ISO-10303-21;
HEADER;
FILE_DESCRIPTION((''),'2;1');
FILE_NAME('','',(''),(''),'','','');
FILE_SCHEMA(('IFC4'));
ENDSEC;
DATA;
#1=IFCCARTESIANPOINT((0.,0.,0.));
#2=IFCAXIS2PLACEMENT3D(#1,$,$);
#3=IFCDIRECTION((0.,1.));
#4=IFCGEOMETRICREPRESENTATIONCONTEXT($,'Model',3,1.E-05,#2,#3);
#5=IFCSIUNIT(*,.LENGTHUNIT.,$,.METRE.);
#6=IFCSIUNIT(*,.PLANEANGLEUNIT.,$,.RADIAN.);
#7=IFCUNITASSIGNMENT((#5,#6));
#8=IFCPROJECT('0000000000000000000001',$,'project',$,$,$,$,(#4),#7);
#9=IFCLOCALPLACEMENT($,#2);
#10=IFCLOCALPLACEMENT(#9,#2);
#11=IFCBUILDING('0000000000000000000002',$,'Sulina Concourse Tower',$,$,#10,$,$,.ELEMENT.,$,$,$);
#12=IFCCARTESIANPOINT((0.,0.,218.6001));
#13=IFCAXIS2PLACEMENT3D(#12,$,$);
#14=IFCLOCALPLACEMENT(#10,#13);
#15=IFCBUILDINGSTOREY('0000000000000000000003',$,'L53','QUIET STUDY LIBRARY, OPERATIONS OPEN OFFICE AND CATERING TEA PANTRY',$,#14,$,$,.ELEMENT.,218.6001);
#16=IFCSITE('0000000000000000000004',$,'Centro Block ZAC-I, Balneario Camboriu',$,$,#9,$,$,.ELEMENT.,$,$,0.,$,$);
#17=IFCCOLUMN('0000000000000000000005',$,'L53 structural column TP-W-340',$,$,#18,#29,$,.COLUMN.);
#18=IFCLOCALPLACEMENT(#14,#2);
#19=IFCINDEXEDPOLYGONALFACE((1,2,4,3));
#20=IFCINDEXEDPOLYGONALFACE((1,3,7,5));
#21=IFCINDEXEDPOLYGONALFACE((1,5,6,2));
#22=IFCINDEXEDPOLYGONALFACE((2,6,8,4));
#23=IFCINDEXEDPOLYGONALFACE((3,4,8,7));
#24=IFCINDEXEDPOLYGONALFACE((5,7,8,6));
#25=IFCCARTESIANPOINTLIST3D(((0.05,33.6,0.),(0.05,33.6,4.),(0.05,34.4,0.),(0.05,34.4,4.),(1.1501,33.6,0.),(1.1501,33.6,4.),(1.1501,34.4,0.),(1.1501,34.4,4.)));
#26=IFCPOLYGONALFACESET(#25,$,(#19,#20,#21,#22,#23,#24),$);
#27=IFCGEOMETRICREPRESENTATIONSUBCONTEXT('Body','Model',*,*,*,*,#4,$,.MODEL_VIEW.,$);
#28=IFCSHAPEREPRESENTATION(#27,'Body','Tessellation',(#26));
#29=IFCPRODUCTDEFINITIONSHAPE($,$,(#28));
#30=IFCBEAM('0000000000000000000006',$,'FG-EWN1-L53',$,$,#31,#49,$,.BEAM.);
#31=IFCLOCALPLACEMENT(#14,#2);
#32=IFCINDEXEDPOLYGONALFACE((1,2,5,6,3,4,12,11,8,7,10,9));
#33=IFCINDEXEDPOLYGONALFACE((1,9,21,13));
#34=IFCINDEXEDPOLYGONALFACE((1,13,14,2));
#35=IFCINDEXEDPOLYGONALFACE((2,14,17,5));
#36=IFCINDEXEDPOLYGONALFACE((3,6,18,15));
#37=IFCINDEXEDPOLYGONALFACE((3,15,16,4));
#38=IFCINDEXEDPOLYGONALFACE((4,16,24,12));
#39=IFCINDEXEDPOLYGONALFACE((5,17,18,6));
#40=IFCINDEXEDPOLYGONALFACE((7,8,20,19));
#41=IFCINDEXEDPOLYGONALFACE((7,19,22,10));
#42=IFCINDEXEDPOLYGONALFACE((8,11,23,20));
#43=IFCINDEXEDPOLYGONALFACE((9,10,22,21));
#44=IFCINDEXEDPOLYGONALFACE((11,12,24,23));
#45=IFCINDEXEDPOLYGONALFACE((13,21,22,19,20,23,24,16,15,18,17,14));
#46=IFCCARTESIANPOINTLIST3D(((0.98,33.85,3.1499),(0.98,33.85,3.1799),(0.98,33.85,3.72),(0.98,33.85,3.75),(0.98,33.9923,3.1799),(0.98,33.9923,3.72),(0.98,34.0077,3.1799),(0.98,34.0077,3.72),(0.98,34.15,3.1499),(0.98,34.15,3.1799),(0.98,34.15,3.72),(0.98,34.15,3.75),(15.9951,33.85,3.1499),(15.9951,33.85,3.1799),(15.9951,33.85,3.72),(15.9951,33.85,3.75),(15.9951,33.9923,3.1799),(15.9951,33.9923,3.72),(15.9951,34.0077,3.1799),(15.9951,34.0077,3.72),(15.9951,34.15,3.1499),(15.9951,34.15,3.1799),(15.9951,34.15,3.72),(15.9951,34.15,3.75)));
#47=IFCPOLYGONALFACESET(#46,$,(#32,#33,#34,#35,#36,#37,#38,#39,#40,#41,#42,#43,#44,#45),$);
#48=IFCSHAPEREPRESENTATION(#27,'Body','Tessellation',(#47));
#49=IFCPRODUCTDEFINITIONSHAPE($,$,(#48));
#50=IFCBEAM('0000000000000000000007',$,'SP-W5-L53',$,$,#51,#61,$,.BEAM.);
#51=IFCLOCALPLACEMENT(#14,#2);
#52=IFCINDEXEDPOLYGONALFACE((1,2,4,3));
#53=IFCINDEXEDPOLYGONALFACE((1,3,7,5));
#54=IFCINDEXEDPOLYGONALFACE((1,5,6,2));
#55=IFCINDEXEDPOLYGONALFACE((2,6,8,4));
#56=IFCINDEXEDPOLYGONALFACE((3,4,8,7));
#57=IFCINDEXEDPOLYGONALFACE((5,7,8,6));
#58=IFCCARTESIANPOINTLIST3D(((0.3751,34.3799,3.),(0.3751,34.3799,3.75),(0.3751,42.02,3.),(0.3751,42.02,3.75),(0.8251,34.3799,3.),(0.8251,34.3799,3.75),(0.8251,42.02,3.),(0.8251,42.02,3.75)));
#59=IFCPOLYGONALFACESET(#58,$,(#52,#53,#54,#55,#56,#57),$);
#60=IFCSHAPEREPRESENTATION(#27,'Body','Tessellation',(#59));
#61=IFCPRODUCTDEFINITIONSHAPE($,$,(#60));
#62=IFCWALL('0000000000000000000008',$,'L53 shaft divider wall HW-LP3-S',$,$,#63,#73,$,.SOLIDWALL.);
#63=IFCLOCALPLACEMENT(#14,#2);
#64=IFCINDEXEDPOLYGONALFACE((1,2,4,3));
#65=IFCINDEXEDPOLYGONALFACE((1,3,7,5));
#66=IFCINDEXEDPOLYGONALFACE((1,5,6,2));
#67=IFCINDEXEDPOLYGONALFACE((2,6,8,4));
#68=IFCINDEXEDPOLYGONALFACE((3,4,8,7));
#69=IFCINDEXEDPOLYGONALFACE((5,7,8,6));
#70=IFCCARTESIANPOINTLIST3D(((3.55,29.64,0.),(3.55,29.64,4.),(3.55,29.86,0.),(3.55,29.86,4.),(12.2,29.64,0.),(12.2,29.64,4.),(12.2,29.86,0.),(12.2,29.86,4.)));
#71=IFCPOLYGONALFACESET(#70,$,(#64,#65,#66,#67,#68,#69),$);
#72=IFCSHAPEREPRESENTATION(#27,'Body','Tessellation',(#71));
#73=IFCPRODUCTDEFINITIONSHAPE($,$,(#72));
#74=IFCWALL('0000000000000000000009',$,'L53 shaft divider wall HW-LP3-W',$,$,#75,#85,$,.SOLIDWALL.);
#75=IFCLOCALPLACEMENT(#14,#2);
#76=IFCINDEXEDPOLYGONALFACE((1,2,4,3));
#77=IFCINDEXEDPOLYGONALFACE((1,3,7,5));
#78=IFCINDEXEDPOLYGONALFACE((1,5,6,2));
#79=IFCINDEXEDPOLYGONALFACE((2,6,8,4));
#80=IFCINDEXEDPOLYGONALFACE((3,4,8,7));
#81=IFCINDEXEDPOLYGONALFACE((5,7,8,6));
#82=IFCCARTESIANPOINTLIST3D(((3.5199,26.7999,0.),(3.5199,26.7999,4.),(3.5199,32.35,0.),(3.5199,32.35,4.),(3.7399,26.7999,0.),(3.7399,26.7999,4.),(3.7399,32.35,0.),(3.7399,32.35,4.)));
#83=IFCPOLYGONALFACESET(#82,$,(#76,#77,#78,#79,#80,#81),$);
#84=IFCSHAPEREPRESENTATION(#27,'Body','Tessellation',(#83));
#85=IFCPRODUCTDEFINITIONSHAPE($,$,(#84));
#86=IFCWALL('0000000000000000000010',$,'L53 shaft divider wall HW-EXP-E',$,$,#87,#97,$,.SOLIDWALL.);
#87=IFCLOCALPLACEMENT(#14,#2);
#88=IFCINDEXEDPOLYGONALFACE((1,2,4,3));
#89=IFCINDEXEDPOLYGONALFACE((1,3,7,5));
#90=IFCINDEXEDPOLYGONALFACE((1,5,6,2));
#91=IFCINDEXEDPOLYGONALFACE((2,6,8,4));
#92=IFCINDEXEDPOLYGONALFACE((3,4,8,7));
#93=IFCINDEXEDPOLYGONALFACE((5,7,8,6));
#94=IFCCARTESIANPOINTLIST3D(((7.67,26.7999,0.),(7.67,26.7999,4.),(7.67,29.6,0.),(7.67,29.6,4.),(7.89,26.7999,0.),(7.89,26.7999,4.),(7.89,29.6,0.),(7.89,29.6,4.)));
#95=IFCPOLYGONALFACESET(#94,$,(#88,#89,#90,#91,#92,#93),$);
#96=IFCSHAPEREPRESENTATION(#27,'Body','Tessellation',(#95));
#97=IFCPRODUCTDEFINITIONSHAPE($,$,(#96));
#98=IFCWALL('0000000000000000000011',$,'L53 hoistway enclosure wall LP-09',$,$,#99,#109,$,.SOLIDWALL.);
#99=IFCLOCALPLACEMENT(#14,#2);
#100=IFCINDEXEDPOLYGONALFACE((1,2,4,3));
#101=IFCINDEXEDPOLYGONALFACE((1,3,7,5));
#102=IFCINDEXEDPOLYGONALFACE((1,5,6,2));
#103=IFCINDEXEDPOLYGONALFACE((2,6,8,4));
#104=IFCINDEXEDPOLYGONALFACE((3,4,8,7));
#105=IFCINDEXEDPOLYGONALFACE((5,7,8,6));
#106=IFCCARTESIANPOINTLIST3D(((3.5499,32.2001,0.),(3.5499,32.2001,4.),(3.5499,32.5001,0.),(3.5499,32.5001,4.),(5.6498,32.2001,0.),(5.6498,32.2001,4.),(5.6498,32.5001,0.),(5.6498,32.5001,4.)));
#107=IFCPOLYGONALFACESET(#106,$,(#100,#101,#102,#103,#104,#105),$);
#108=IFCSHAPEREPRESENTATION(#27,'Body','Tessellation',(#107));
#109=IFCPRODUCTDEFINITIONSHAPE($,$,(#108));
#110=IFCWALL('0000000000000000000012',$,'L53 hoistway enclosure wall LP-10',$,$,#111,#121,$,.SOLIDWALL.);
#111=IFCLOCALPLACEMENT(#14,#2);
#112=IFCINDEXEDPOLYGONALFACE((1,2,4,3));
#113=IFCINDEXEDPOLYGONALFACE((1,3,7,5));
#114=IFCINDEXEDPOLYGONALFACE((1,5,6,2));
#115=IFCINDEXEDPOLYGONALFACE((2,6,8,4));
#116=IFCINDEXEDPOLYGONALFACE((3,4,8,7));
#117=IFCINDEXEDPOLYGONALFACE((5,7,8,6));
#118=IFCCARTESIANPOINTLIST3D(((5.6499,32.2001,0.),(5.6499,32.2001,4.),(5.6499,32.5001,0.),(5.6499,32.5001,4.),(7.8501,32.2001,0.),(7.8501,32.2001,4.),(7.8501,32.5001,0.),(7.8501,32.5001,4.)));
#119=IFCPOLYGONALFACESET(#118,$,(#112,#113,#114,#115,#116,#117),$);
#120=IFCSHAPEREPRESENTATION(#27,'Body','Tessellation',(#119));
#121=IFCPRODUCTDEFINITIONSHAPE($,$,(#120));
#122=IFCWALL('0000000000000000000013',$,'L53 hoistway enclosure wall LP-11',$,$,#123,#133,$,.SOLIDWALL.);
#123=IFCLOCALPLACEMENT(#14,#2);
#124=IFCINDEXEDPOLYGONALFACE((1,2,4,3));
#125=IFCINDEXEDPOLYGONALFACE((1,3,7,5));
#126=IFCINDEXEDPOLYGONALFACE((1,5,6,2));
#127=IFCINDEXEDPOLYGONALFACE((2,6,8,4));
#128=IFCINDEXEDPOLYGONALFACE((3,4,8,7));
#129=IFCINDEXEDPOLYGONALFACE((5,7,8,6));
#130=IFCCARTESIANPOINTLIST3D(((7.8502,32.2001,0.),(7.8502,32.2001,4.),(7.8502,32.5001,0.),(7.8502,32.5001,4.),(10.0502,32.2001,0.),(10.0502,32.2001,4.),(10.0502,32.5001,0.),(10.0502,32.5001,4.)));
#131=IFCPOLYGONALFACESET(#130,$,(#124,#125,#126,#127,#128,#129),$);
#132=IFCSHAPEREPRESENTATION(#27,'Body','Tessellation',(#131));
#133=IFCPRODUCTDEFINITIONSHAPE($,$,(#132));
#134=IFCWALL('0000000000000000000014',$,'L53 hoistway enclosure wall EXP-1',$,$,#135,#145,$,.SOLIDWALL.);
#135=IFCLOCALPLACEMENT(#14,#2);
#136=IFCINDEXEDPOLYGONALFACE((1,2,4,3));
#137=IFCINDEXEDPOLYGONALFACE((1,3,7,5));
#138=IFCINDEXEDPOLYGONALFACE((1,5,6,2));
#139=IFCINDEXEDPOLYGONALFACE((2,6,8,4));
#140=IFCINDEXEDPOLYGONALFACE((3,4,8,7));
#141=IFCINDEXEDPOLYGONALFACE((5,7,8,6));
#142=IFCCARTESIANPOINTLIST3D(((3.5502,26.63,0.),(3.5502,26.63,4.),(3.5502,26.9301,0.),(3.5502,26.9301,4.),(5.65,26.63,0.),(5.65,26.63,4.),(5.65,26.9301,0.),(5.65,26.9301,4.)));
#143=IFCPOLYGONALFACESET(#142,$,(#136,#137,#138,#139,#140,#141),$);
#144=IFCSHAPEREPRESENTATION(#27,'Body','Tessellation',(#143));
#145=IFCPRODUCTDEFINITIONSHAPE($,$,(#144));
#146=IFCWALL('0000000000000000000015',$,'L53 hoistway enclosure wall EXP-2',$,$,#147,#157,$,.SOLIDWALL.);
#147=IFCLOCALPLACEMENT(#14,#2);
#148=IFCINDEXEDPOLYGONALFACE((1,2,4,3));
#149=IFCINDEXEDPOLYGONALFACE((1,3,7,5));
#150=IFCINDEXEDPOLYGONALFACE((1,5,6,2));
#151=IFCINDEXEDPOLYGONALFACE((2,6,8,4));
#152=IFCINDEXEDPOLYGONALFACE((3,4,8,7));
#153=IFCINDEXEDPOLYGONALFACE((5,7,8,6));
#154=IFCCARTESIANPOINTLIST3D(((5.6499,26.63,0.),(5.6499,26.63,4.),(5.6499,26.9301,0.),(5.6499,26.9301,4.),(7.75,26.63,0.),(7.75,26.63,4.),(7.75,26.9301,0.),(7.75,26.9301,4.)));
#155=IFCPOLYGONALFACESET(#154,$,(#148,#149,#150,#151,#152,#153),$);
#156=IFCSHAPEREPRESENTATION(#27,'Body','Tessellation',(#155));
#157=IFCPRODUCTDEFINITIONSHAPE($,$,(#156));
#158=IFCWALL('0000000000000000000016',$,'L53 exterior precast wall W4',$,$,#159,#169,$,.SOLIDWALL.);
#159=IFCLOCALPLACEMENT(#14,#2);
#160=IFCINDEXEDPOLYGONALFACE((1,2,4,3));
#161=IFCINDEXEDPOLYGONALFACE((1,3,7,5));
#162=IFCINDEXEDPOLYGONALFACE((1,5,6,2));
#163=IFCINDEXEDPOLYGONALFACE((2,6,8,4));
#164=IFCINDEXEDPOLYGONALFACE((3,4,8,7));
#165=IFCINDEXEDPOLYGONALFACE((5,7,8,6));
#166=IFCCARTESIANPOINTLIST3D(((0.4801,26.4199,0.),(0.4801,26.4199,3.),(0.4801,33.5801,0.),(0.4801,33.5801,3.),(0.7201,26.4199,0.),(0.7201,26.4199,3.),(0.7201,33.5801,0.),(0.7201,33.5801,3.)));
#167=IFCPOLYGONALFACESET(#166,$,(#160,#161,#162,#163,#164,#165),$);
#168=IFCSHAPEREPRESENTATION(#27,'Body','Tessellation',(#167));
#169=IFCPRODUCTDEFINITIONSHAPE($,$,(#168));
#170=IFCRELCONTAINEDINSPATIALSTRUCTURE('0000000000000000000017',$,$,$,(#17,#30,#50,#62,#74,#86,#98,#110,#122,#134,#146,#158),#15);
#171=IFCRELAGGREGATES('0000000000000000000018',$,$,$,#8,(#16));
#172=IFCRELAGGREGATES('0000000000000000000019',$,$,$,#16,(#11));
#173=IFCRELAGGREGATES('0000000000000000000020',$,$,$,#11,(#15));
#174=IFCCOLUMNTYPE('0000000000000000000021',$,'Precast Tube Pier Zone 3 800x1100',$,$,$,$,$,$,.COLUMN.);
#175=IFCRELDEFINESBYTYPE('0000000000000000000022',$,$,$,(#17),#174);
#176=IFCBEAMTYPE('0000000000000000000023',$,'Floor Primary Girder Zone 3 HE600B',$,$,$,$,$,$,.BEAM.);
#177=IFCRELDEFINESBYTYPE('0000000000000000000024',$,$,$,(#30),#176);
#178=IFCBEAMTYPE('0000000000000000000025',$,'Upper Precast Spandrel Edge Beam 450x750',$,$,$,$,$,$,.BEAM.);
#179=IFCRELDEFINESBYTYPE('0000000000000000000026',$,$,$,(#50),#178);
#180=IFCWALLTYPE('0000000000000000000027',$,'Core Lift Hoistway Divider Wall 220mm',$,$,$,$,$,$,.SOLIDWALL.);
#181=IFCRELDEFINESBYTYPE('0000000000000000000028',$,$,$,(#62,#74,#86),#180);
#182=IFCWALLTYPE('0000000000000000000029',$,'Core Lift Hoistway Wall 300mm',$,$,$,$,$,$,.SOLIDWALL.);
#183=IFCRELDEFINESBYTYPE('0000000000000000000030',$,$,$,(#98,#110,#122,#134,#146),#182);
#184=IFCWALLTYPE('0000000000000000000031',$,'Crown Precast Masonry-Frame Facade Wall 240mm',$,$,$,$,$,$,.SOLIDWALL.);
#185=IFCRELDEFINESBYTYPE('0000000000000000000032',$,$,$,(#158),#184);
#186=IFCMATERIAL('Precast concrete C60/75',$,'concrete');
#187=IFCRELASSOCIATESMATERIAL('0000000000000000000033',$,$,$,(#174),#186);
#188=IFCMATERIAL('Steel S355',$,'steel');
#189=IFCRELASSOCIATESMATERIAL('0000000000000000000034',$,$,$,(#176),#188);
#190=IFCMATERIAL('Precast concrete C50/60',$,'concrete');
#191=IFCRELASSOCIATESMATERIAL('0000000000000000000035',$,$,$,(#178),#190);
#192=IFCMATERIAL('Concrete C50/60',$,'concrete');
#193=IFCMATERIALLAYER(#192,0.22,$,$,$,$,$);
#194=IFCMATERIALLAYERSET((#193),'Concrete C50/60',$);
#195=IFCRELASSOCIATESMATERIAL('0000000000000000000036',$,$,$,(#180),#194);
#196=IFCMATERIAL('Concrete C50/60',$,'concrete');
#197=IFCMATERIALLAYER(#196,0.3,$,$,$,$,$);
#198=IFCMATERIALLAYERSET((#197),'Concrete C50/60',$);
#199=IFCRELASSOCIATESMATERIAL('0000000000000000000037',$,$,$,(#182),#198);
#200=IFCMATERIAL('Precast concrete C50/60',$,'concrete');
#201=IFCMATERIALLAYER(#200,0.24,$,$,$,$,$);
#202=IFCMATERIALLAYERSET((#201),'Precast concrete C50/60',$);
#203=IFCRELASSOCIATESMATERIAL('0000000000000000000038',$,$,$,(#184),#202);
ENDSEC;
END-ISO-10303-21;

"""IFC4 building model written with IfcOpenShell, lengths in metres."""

from ifc_helpers import new_model, si_unit, direction, frame, frame_2d, origin, origin_2d, place, context, subcontext, project, spatial, rectangle, i_section, extrude, material, layer, layer_set, material_profile, profile_set, type_object, element, save


model = new_model("IFC4")

# Units and contexts
model_context = context("Model", 3, precision=1e-05, world=origin(), true_north=direction((0.0, 1.0)))
body_context = subcontext(model_context, "Body", "Model", "MODEL_VIEW")
ifc_project = project(units=[si_unit("LENGTHUNIT", "METRE"), si_unit("PLANEANGLEUNIT", "RADIAN")], contexts=[model_context])

# Site, building, storey
site_placement = place(None, origin())
site = spatial("IfcSite", under=ifc_project, at=site_placement, Name="Centro Block ZAC-I, Balneario Camboriu", CompositionType="ELEMENT", RefElevation=0.0)
building_placement = place(site_placement, origin())
building = spatial("IfcBuilding", under=site, at=building_placement, Name="Sulina Concourse Tower", CompositionType="ELEMENT")
storey_placement = place(building_placement, frame((0.0, 0.0, 218.6001)))
storey = spatial("IfcBuildingStorey", under=building, at=storey_placement, Name="L53", Description="QUIET STUDY LIBRARY, OPERATIONS OPEN OFFICE AND CATERING TEA PANTRY", CompositionType="ELEMENT", Elevation=218.6001)

# Column
ifc_material_1 = material(Name="Precast concrete C60/75", Category="concrete")
ifc_material_profile_1 = material_profile(ifc_material_1, rectangle(XDim=0.8, YDim=1.1001, at=origin_2d()), Name="PC 800x1100")
ifc_profile_set_1 = profile_set([ifc_material_profile_1], Name="Precast concrete C60/75")
column_type = type_object("IfcColumnType", Name="Precast Tube Pier Zone 3 800x1100", PredefinedType="COLUMN", material=ifc_profile_set_1)
column_placement = place(storey_placement, frame((0.6001, 34.0, 0.0), z_axis=(0.0, 0.0, 1.0), x_axis=(0.0, 1.0, 0.0)))
element("IfcColumn", 1, at=column_placement, inside=storey, type_object=column_type, Name="L53 structural column TP-W-340", PredefinedType="COLUMN", context=body_context, shape_type="SweptSolid", body=[
    extrude(rectangle(XDim=0.8, YDim=1.1001, at=origin_2d()), origin(), (0.0, 0.0, 1.0), 4.0),
])

# Beams
ifc_material_2 = material(Name="Steel S355", Category="steel")
ifc_material_profile_2 = material_profile(ifc_material_2, i_section(OverallWidth=0.3, OverallDepth=0.6001, WebThickness=0.0154, FlangeThickness=0.03, at=origin_2d()), Name="HE 600 B")
ifc_profile_set_2 = profile_set([ifc_material_profile_2], Name="Steel S355")
beam_type_1 = type_object("IfcBeamType", Name="Floor Primary Girder Zone 3 HE600B", PredefinedType="BEAM", material=ifc_profile_set_2)
beam_1_placement = place(storey_placement, frame((0.98, 34.0, 3.45), z_axis=(1.0, 0.0, 0.0), x_axis=(0.0, 1.0, 0.0)))
element("IfcBeam", 2, at=beam_1_placement, inside=storey, type_object=beam_type_1, Name="FG-EWN1-L53", PredefinedType="BEAM", context=body_context, shape_type="SweptSolid", body=[
    extrude(i_section(OverallWidth=0.3, OverallDepth=0.6001, WebThickness=0.0154, FlangeThickness=0.03, at=origin_2d()), origin(), (0.0, 0.0, 1.0), 15.0151),
])
ifc_material_3 = material(Name="Precast concrete C50/60", Category="concrete")
ifc_material_profile_3 = material_profile(ifc_material_3, rectangle(XDim=0.45, YDim=0.75, at=origin_2d()), Name="RC 450x750")
ifc_profile_set_3 = profile_set([ifc_material_profile_3], Name="Precast concrete C50/60")
beam_type_2 = type_object("IfcBeamType", Name="Upper Precast Spandrel Edge Beam 450x750", PredefinedType="BEAM", material=ifc_profile_set_3)
beam_2_placement = place(storey_placement, frame((0.6001, 34.3799, 3.375), z_axis=(0.0, 1.0, 0.0), x_axis=(-1.0, 0.0, 0.0)))
element("IfcBeam", 3, at=beam_2_placement, inside=storey, type_object=beam_type_2, Name="SP-W5-L53", PredefinedType="BEAM", context=body_context, shape_type="SweptSolid", body=[
    extrude(rectangle(XDim=0.45, YDim=0.75, at=origin_2d()), origin(), (0.0, 0.0, 1.0), 7.6401),
])

# Walls
ifc_material_4 = material(Name="Concrete C50/60", Category="concrete")
ifc_layer_1 = layer(ifc_material_4, 0.22)
ifc_layer_set_1 = layer_set([ifc_layer_1], Name="Concrete C50/60")
wall_type_1 = type_object("IfcWallType", Name="Core Lift Hoistway Divider Wall 220mm", PredefinedType="SOLIDWALL", material=ifc_layer_set_1)
wall_1_placement = place(storey_placement, frame((3.55, 29.75, 0.0), z_axis=(0.0, 0.0, 1.0), x_axis=(1.0, 0.0, 0.0)))
element("IfcWall", 4, at=wall_1_placement, inside=storey, type_object=wall_type_1, Name="L53 shaft divider wall HW-LP3-S", PredefinedType="SOLIDWALL", context=body_context, shape_type="SweptSolid", body=[
    extrude(rectangle(XDim=8.6499, YDim=0.22, at=frame_2d((4.325, 0.0))), origin(), (0.0, 0.0, 1.0), 4.0),
])
wall_2_placement = place(storey_placement, frame((3.6299, 26.8, 0.0), z_axis=(0.0, 0.0, 1.0), x_axis=(0.0, 1.0, 0.0)))
element("IfcWall", 5, at=wall_2_placement, inside=storey, type_object=wall_type_1, Name="L53 shaft divider wall HW-LP3-W", PredefinedType="SOLIDWALL", context=body_context, shape_type="SweptSolid", body=[
    extrude(rectangle(XDim=5.55, YDim=0.22, at=frame_2d((2.7749, 0.0))), origin(), (0.0, 0.0, 1.0), 4.0),
])
wall_3_placement = place(storey_placement, frame((7.78, 26.8, 0.0), z_axis=(0.0, 0.0, 1.0), x_axis=(0.0, 1.0, 0.0)))
element("IfcWall", 6, at=wall_3_placement, inside=storey, type_object=wall_type_1, Name="L53 shaft divider wall HW-EXP-E", PredefinedType="SOLIDWALL", context=body_context, shape_type="SweptSolid", body=[
    extrude(rectangle(XDim=2.8, YDim=0.22, at=frame_2d((1.3999, 0.0))), origin(), (0.0, 0.0, 1.0), 4.0),
])
ifc_material_5 = material(Name="Concrete C50/60", Category="concrete")
ifc_layer_2 = layer(ifc_material_5, 0.3)
ifc_layer_set_2 = layer_set([ifc_layer_2], Name="Concrete C50/60")
wall_type_2 = type_object("IfcWallType", Name="Core Lift Hoistway Wall 300mm", PredefinedType="SOLIDWALL", material=ifc_layer_set_2)
wall_4_placement = place(storey_placement, frame((3.55, 32.3501, 0.0), z_axis=(0.0, 0.0, 1.0), x_axis=(1.0, 0.0, 0.0)))
element("IfcWall", 7, at=wall_4_placement, inside=storey, type_object=wall_type_2, Name="L53 hoistway enclosure wall LP-09", PredefinedType="SOLIDWALL", context=body_context, shape_type="SweptSolid", body=[
    extrude(rectangle(XDim=2.0999, YDim=0.3, at=frame_2d((1.0498, 0.0))), origin(), (0.0, 0.0, 1.0), 4.0),
])
wall_5_placement = place(storey_placement, frame((5.6499, 32.3501, 0.0), z_axis=(0.0, 0.0, 1.0), x_axis=(1.0, 0.0, 0.0)))
element("IfcWall", 8, at=wall_5_placement, inside=storey, type_object=wall_type_2, Name="L53 hoistway enclosure wall LP-10", PredefinedType="SOLIDWALL", context=body_context, shape_type="SweptSolid", body=[
    extrude(rectangle(XDim=2.2002, YDim=0.3, at=frame_2d((1.1001, 0.0))), origin(), (0.0, 0.0, 1.0), 4.0),
])
wall_6_placement = place(storey_placement, frame((7.8501, 32.3501, 0.0), z_axis=(0.0, 0.0, 1.0), x_axis=(1.0, 0.0, 0.0)))
element("IfcWall", 9, at=wall_6_placement, inside=storey, type_object=wall_type_2, Name="L53 hoistway enclosure wall LP-11", PredefinedType="SOLIDWALL", context=body_context, shape_type="SweptSolid", body=[
    extrude(rectangle(XDim=2.2, YDim=0.3, at=frame_2d((1.1001, 0.0))), origin(), (0.0, 0.0, 1.0), 4.0),
])
wall_7_placement = place(storey_placement, frame((5.6499, 26.78, 0.0), z_axis=(0.0, 0.0, 1.0), x_axis=(-1.0, 0.0, 0.0)))
element("IfcWall", 10, at=wall_7_placement, inside=storey, type_object=wall_type_2, Name="L53 hoistway enclosure wall EXP-1", PredefinedType="SOLIDWALL", context=body_context, shape_type="SweptSolid", body=[
    extrude(rectangle(XDim=2.0999, YDim=0.3, at=frame_2d((1.0498, 0.0))), origin(), (0.0, 0.0, 1.0), 4.0),
])
wall_8_placement = place(storey_placement, frame((7.75, 26.78, 0.0), z_axis=(0.0, 0.0, 1.0), x_axis=(-1.0, 0.0, 0.0)))
element("IfcWall", 11, at=wall_8_placement, inside=storey, type_object=wall_type_2, Name="L53 hoistway enclosure wall EXP-2", PredefinedType="SOLIDWALL", context=body_context, shape_type="SweptSolid", body=[
    extrude(rectangle(XDim=2.1001, YDim=0.3, at=frame_2d((1.05, 0.0))), origin(), (0.0, 0.0, 1.0), 4.0),
])
ifc_material_6 = material(Name="Precast concrete C50/60", Category="concrete")
ifc_layer_3 = layer(ifc_material_6, 0.24)
ifc_layer_set_3 = layer_set([ifc_layer_3], Name="Precast concrete C50/60")
wall_type_3 = type_object("IfcWallType", Name="Crown Precast Masonry-Frame Facade Wall 240mm", PredefinedType="SOLIDWALL", material=ifc_layer_set_3)
wall_9_placement = place(storey_placement, frame((0.6001, 26.4199, 0.0), z_axis=(0.0, 0.0, 1.0), x_axis=(0.0, 1.0, 0.0)))
element("IfcWall", 12, at=wall_9_placement, inside=storey, type_object=wall_type_3, Name="L53 exterior precast wall W4", PredefinedType="SOLIDWALL", context=body_context, shape_type="SweptSolid", body=[
    extrude(rectangle(XDim=7.1602, YDim=0.24, at=frame_2d((3.5801, 0.0))), origin(), (0.0, 0.0, 1.0), 3.0),
])

save(model, "model.ifc")
